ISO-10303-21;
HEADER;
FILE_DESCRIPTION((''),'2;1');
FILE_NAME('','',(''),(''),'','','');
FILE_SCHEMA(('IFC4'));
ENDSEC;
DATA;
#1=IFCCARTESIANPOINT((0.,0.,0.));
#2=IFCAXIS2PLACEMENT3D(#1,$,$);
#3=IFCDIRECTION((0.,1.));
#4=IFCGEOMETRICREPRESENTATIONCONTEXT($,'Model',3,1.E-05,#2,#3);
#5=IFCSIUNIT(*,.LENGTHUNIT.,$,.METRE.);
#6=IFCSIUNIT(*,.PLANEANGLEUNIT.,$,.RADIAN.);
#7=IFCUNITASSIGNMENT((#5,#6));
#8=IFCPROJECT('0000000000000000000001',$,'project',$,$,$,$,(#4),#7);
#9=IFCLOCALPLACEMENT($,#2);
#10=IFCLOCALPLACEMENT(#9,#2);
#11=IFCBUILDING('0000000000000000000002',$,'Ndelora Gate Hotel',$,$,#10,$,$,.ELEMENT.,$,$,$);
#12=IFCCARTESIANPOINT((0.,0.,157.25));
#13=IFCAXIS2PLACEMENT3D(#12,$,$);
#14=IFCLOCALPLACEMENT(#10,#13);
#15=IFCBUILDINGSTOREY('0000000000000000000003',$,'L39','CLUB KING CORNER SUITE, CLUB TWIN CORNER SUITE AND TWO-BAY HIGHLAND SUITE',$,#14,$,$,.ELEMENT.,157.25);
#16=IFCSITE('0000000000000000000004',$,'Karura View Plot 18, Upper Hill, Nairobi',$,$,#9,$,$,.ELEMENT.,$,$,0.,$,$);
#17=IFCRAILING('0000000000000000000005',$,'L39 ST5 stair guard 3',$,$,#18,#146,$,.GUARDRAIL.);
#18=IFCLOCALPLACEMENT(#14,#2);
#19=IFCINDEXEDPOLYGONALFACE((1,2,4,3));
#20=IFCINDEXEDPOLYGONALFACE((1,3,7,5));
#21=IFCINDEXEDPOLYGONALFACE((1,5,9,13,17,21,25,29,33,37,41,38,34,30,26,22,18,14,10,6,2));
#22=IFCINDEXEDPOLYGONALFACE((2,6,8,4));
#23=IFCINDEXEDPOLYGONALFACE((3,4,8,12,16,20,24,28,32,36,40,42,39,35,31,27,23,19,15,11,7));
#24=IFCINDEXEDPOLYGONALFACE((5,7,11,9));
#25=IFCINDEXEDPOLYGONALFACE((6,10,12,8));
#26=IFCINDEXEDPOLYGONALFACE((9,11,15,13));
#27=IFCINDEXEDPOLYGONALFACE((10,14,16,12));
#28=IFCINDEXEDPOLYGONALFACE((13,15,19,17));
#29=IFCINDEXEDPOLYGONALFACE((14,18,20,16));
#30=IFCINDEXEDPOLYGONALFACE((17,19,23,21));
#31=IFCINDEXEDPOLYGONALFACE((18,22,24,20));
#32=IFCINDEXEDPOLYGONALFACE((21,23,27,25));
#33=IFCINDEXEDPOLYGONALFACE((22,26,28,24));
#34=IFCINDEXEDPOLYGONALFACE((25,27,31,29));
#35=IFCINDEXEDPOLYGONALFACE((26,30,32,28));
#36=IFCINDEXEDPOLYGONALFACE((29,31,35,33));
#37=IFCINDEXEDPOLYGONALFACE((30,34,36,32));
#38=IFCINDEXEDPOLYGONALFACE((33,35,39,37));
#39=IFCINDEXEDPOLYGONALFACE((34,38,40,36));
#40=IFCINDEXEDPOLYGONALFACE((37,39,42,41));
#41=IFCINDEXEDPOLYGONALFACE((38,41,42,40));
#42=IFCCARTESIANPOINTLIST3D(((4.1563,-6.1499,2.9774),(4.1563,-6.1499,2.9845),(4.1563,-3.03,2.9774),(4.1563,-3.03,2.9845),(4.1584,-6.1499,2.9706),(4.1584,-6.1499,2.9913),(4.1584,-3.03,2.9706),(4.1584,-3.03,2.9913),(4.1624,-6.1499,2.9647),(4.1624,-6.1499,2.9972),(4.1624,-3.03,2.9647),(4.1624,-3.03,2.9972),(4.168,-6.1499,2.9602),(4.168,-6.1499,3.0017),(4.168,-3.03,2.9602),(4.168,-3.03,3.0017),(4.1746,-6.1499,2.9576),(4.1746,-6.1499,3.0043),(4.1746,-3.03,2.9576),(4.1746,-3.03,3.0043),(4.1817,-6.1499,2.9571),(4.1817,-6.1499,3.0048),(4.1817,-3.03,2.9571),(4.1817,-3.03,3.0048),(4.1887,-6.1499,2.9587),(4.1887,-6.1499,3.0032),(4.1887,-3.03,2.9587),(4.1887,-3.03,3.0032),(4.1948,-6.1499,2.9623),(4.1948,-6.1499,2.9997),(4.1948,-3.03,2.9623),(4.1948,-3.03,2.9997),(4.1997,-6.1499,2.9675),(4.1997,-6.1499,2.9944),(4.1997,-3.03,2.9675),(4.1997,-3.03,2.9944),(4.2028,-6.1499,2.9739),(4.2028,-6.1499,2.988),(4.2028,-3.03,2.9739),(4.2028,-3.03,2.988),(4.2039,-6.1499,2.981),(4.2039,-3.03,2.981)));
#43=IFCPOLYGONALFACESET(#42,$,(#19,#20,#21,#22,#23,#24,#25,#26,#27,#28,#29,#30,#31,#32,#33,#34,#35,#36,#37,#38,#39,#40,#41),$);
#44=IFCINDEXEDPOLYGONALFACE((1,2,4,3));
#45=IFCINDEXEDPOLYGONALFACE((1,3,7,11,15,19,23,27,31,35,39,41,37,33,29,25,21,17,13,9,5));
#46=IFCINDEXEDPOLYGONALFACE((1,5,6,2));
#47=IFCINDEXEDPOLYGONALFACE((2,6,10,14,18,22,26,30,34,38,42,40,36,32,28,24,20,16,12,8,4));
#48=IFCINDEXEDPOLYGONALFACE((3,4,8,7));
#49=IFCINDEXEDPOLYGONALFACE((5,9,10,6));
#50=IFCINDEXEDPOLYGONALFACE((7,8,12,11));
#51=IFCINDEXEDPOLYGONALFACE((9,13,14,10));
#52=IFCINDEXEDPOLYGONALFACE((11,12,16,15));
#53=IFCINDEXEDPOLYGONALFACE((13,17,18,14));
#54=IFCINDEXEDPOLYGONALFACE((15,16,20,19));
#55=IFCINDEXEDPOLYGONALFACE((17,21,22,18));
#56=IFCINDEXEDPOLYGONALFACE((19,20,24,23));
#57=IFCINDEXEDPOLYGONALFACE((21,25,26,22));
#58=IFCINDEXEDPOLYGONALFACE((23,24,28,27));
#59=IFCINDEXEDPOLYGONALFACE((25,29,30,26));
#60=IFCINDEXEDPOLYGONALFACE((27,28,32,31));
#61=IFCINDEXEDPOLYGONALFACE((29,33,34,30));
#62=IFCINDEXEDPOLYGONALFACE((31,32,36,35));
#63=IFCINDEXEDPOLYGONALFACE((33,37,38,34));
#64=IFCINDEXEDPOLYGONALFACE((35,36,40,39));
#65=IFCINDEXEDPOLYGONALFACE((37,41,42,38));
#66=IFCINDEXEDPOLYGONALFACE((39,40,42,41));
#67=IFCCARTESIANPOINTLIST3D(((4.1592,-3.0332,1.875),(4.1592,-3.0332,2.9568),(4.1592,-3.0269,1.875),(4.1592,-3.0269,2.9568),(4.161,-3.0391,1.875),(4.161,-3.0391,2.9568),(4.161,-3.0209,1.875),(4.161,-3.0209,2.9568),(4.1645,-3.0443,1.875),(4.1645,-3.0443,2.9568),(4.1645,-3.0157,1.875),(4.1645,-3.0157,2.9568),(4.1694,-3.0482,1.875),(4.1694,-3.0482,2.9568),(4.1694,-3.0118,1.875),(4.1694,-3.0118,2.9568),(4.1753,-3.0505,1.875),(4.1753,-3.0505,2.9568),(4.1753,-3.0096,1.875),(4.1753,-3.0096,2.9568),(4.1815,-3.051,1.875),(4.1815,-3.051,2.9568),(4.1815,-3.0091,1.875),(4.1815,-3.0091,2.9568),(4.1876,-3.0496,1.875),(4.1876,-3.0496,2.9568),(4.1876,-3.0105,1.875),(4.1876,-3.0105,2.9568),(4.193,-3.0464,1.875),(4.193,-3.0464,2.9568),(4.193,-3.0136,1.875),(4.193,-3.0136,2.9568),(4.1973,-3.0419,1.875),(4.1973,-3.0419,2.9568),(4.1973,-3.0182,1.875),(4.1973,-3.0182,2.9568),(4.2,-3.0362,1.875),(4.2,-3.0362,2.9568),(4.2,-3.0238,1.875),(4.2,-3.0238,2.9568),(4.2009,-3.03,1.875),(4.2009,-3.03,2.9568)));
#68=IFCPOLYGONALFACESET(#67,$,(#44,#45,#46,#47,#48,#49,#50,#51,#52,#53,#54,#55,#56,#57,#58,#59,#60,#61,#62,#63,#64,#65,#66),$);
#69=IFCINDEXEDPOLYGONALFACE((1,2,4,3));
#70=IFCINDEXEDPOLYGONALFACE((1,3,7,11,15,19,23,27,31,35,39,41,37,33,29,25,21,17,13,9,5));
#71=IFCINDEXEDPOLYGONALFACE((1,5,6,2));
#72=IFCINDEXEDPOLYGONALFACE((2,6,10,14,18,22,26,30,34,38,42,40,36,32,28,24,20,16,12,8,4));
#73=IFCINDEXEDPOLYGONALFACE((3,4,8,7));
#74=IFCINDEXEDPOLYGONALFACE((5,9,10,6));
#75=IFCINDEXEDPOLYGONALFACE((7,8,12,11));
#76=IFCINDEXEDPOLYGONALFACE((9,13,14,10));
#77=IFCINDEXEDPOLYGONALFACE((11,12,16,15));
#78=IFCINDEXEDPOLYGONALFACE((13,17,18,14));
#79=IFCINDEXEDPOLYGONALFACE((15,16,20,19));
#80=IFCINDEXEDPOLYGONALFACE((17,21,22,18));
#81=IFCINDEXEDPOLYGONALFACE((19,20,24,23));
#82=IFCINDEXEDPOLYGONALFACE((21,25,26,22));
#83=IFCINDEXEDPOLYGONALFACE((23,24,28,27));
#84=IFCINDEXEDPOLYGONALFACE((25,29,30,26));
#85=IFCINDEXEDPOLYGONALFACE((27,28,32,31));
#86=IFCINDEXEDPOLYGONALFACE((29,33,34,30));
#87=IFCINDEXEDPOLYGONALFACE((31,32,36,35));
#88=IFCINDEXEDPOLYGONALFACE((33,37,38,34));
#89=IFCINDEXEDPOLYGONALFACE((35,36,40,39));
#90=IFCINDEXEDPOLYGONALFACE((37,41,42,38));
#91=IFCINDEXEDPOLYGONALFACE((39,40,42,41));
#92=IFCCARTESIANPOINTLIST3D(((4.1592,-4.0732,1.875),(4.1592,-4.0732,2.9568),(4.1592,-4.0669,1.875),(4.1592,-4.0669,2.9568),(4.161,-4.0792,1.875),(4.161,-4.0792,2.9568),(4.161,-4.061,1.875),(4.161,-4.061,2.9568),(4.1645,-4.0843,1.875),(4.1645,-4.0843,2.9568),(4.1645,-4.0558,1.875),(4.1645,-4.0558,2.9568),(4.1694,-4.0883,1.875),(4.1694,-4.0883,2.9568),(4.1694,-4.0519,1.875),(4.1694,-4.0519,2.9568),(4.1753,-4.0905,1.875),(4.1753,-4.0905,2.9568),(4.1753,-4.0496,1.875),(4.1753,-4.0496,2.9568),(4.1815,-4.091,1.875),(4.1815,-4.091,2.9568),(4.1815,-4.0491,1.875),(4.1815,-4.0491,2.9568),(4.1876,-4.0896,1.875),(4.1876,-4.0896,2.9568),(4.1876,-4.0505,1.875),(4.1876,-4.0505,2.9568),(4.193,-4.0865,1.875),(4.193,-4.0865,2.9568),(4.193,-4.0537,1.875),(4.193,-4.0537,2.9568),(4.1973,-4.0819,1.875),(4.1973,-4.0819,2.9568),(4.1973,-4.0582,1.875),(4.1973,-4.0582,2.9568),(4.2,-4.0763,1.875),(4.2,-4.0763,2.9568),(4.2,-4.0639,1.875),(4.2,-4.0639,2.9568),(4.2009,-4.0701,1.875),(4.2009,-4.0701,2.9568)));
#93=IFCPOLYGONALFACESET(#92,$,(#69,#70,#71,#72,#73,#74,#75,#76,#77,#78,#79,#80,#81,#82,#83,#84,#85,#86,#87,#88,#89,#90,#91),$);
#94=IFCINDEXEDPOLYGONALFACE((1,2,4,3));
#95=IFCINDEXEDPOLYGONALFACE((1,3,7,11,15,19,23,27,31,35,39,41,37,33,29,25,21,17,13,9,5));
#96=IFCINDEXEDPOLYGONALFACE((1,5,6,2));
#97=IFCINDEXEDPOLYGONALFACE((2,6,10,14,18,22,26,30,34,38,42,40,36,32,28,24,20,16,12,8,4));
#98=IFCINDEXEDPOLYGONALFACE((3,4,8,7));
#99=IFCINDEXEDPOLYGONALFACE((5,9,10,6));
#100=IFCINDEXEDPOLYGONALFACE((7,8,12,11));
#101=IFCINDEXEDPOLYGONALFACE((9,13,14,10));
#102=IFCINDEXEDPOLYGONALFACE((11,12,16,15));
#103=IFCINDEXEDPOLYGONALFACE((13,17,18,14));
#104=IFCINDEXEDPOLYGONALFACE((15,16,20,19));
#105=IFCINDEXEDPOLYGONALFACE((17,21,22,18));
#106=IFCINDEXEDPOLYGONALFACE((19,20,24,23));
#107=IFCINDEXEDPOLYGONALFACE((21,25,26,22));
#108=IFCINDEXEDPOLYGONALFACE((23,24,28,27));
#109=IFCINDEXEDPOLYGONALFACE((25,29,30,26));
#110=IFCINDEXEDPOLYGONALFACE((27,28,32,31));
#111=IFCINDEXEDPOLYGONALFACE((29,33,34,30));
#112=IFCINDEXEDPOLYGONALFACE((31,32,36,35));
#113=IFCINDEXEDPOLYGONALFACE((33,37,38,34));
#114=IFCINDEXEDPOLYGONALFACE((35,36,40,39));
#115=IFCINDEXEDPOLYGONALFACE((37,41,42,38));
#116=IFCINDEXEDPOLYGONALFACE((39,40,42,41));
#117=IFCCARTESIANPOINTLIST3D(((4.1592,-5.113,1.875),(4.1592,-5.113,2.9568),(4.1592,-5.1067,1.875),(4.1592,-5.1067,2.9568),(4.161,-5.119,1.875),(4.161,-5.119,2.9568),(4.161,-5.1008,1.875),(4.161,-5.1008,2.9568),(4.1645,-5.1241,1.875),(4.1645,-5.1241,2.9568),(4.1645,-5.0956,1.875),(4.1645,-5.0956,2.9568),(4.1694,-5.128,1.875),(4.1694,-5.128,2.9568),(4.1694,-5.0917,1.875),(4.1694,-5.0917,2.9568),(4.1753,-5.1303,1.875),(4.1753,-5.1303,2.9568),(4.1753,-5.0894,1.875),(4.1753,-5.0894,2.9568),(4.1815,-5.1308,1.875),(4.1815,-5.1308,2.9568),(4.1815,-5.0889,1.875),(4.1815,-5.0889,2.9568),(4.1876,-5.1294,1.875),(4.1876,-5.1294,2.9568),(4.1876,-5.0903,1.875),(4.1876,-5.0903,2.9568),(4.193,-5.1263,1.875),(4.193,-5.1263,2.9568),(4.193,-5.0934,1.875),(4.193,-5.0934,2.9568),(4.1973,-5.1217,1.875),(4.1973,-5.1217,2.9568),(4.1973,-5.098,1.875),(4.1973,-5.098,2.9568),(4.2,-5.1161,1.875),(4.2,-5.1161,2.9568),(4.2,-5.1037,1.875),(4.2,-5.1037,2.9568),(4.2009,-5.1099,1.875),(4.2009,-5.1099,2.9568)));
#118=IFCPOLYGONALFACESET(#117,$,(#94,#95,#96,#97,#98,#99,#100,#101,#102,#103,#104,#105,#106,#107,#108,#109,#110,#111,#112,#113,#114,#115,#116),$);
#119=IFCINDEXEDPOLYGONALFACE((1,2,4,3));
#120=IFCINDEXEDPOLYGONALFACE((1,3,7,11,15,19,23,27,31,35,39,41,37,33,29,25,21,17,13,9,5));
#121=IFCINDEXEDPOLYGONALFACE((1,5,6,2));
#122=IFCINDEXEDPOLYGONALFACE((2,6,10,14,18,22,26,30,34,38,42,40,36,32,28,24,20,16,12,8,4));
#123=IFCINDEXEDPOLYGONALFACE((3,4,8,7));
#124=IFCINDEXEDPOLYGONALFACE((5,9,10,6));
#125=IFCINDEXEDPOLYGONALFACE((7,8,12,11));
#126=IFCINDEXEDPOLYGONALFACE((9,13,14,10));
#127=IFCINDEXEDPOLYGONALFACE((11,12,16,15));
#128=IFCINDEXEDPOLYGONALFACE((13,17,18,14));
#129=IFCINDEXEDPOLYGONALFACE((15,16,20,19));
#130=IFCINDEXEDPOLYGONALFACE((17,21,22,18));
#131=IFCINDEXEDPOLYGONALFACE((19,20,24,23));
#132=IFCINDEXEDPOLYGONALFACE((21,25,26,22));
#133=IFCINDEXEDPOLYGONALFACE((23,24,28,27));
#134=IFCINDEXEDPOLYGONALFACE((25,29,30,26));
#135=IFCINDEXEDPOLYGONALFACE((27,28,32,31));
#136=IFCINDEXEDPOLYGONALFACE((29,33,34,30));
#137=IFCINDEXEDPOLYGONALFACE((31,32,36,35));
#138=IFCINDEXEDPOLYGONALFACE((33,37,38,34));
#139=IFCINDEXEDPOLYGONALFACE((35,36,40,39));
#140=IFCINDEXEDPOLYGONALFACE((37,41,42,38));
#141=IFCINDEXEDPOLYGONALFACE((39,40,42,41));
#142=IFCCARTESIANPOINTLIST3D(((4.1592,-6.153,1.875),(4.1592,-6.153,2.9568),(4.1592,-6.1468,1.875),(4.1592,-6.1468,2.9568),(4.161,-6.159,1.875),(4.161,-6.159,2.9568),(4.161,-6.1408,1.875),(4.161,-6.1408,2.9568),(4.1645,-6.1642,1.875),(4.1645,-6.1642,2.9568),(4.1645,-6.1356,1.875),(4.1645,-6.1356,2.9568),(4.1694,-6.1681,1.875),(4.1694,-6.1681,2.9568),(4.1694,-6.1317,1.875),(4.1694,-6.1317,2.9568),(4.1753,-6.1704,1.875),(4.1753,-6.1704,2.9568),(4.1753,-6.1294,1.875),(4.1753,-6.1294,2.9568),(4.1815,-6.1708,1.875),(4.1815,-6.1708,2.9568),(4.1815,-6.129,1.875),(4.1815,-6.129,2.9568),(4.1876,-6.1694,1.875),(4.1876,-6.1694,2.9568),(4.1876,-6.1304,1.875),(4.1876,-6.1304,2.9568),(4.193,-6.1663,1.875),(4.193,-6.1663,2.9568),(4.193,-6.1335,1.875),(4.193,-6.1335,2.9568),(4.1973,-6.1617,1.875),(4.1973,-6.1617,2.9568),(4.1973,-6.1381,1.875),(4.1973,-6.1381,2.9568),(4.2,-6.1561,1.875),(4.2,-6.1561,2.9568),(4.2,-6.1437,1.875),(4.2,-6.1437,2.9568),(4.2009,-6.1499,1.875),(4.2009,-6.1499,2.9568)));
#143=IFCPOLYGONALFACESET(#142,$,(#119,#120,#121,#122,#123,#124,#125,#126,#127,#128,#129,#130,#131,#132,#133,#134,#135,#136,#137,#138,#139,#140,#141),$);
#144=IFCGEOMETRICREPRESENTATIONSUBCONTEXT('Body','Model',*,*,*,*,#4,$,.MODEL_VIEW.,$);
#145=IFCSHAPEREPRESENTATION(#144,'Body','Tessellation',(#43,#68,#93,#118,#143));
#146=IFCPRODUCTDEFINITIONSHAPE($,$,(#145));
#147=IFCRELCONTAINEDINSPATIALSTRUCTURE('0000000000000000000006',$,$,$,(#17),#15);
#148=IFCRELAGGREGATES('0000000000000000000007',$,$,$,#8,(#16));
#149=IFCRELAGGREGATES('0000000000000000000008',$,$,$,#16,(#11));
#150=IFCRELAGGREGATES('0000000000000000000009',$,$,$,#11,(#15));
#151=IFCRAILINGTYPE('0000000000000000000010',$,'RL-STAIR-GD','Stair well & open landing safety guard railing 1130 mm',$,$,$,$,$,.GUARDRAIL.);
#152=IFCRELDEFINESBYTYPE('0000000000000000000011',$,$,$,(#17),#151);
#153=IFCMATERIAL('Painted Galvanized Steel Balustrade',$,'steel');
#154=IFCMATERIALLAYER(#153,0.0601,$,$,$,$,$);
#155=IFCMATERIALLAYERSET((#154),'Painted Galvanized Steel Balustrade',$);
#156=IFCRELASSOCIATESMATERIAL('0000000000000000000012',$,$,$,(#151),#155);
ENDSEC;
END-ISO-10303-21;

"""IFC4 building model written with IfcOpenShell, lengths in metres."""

from ifc_helpers import new_model, si_unit, direction, frame, origin, origin_2d, place, context, subcontext, project, spatial, circle, extrude, material, layer, layer_set, type_object, element, save


model = new_model("IFC4")

# Units and contexts
model_context = context("Model", 3, precision=1e-05, world=origin(), true_north=direction((0.0, 1.0)))
body_context = subcontext(model_context, "Body", "Model", "MODEL_VIEW")
ifc_project = project(units=[si_unit("LENGTHUNIT", "METRE"), si_unit("PLANEANGLEUNIT", "RADIAN")], contexts=[model_context])

# Site, building, storey
site_placement = place(None, origin())
site = spatial("IfcSite", under=ifc_project, at=site_placement, Name="Karura View Plot 18, Upper Hill, Nairobi", CompositionType="ELEMENT", RefElevation=0.0)
building_placement = place(site_placement, origin())
building = spatial("IfcBuilding", under=site, at=building_placement, Name="Ndelora Gate Hotel", CompositionType="ELEMENT")
storey_placement = place(building_placement, frame((0.0, 0.0, 157.25)))
storey = spatial("IfcBuildingStorey", under=building, at=storey_placement, Name="L39", Description="CLUB KING CORNER SUITE, CLUB TWIN CORNER SUITE AND TWO-BAY HIGHLAND SUITE", CompositionType="ELEMENT", Elevation=157.25)

# Railing
ifc_material_1 = material(Name="Painted Galvanized Steel Balustrade", Category="steel")
ifc_layer_1 = layer(ifc_material_1, 0.0601)
ifc_layer_set_1 = layer_set([ifc_layer_1], Name="Painted Galvanized Steel Balustrade")
railing_type_1 = type_object("IfcRailingType", Name="RL-STAIR-GD", Description="Stair well & open landing safety guard railing 1130 mm", PredefinedType="GUARDRAIL", material=ifc_layer_set_1)
railing_1_placement = place(storey_placement, frame((4.1799, -3.03, 1.875)))
element("IfcRailing", 1, at=railing_1_placement, inside=storey, type_object=railing_type_1, Name="L39 ST5 stair guard 3", PredefinedType="GUARDRAIL", context=body_context, shape_type="SweptSolid", body=[
    extrude(circle(Radius=0.0239, at=origin_2d()), frame((0.0, 0.0, 1.106), z_axis=(0.0, -1.0, 0.0), x_axis=(1.0, 0.0, 0.0)), (0.0, 0.0, 1.0), 3.1199),
    extrude(circle(Radius=0.021, at=origin_2d()), origin(), (0.0, 0.0, 1.0), 1.0818),
    extrude(circle(Radius=0.021, at=origin_2d()), frame((0.0, -1.04, 0.0)), (0.0, 0.0, 1.0), 1.0818),
    extrude(circle(Radius=0.021, at=origin_2d()), frame((0.0, -2.0798, 0.0)), (0.0, 0.0, 1.0), 1.0818),
    extrude(circle(Radius=0.021, at=origin_2d()), frame((0.0, -3.1199, 0.0)), (0.0, 0.0, 1.0), 1.0818),
])

save(model, "model.ifc")
